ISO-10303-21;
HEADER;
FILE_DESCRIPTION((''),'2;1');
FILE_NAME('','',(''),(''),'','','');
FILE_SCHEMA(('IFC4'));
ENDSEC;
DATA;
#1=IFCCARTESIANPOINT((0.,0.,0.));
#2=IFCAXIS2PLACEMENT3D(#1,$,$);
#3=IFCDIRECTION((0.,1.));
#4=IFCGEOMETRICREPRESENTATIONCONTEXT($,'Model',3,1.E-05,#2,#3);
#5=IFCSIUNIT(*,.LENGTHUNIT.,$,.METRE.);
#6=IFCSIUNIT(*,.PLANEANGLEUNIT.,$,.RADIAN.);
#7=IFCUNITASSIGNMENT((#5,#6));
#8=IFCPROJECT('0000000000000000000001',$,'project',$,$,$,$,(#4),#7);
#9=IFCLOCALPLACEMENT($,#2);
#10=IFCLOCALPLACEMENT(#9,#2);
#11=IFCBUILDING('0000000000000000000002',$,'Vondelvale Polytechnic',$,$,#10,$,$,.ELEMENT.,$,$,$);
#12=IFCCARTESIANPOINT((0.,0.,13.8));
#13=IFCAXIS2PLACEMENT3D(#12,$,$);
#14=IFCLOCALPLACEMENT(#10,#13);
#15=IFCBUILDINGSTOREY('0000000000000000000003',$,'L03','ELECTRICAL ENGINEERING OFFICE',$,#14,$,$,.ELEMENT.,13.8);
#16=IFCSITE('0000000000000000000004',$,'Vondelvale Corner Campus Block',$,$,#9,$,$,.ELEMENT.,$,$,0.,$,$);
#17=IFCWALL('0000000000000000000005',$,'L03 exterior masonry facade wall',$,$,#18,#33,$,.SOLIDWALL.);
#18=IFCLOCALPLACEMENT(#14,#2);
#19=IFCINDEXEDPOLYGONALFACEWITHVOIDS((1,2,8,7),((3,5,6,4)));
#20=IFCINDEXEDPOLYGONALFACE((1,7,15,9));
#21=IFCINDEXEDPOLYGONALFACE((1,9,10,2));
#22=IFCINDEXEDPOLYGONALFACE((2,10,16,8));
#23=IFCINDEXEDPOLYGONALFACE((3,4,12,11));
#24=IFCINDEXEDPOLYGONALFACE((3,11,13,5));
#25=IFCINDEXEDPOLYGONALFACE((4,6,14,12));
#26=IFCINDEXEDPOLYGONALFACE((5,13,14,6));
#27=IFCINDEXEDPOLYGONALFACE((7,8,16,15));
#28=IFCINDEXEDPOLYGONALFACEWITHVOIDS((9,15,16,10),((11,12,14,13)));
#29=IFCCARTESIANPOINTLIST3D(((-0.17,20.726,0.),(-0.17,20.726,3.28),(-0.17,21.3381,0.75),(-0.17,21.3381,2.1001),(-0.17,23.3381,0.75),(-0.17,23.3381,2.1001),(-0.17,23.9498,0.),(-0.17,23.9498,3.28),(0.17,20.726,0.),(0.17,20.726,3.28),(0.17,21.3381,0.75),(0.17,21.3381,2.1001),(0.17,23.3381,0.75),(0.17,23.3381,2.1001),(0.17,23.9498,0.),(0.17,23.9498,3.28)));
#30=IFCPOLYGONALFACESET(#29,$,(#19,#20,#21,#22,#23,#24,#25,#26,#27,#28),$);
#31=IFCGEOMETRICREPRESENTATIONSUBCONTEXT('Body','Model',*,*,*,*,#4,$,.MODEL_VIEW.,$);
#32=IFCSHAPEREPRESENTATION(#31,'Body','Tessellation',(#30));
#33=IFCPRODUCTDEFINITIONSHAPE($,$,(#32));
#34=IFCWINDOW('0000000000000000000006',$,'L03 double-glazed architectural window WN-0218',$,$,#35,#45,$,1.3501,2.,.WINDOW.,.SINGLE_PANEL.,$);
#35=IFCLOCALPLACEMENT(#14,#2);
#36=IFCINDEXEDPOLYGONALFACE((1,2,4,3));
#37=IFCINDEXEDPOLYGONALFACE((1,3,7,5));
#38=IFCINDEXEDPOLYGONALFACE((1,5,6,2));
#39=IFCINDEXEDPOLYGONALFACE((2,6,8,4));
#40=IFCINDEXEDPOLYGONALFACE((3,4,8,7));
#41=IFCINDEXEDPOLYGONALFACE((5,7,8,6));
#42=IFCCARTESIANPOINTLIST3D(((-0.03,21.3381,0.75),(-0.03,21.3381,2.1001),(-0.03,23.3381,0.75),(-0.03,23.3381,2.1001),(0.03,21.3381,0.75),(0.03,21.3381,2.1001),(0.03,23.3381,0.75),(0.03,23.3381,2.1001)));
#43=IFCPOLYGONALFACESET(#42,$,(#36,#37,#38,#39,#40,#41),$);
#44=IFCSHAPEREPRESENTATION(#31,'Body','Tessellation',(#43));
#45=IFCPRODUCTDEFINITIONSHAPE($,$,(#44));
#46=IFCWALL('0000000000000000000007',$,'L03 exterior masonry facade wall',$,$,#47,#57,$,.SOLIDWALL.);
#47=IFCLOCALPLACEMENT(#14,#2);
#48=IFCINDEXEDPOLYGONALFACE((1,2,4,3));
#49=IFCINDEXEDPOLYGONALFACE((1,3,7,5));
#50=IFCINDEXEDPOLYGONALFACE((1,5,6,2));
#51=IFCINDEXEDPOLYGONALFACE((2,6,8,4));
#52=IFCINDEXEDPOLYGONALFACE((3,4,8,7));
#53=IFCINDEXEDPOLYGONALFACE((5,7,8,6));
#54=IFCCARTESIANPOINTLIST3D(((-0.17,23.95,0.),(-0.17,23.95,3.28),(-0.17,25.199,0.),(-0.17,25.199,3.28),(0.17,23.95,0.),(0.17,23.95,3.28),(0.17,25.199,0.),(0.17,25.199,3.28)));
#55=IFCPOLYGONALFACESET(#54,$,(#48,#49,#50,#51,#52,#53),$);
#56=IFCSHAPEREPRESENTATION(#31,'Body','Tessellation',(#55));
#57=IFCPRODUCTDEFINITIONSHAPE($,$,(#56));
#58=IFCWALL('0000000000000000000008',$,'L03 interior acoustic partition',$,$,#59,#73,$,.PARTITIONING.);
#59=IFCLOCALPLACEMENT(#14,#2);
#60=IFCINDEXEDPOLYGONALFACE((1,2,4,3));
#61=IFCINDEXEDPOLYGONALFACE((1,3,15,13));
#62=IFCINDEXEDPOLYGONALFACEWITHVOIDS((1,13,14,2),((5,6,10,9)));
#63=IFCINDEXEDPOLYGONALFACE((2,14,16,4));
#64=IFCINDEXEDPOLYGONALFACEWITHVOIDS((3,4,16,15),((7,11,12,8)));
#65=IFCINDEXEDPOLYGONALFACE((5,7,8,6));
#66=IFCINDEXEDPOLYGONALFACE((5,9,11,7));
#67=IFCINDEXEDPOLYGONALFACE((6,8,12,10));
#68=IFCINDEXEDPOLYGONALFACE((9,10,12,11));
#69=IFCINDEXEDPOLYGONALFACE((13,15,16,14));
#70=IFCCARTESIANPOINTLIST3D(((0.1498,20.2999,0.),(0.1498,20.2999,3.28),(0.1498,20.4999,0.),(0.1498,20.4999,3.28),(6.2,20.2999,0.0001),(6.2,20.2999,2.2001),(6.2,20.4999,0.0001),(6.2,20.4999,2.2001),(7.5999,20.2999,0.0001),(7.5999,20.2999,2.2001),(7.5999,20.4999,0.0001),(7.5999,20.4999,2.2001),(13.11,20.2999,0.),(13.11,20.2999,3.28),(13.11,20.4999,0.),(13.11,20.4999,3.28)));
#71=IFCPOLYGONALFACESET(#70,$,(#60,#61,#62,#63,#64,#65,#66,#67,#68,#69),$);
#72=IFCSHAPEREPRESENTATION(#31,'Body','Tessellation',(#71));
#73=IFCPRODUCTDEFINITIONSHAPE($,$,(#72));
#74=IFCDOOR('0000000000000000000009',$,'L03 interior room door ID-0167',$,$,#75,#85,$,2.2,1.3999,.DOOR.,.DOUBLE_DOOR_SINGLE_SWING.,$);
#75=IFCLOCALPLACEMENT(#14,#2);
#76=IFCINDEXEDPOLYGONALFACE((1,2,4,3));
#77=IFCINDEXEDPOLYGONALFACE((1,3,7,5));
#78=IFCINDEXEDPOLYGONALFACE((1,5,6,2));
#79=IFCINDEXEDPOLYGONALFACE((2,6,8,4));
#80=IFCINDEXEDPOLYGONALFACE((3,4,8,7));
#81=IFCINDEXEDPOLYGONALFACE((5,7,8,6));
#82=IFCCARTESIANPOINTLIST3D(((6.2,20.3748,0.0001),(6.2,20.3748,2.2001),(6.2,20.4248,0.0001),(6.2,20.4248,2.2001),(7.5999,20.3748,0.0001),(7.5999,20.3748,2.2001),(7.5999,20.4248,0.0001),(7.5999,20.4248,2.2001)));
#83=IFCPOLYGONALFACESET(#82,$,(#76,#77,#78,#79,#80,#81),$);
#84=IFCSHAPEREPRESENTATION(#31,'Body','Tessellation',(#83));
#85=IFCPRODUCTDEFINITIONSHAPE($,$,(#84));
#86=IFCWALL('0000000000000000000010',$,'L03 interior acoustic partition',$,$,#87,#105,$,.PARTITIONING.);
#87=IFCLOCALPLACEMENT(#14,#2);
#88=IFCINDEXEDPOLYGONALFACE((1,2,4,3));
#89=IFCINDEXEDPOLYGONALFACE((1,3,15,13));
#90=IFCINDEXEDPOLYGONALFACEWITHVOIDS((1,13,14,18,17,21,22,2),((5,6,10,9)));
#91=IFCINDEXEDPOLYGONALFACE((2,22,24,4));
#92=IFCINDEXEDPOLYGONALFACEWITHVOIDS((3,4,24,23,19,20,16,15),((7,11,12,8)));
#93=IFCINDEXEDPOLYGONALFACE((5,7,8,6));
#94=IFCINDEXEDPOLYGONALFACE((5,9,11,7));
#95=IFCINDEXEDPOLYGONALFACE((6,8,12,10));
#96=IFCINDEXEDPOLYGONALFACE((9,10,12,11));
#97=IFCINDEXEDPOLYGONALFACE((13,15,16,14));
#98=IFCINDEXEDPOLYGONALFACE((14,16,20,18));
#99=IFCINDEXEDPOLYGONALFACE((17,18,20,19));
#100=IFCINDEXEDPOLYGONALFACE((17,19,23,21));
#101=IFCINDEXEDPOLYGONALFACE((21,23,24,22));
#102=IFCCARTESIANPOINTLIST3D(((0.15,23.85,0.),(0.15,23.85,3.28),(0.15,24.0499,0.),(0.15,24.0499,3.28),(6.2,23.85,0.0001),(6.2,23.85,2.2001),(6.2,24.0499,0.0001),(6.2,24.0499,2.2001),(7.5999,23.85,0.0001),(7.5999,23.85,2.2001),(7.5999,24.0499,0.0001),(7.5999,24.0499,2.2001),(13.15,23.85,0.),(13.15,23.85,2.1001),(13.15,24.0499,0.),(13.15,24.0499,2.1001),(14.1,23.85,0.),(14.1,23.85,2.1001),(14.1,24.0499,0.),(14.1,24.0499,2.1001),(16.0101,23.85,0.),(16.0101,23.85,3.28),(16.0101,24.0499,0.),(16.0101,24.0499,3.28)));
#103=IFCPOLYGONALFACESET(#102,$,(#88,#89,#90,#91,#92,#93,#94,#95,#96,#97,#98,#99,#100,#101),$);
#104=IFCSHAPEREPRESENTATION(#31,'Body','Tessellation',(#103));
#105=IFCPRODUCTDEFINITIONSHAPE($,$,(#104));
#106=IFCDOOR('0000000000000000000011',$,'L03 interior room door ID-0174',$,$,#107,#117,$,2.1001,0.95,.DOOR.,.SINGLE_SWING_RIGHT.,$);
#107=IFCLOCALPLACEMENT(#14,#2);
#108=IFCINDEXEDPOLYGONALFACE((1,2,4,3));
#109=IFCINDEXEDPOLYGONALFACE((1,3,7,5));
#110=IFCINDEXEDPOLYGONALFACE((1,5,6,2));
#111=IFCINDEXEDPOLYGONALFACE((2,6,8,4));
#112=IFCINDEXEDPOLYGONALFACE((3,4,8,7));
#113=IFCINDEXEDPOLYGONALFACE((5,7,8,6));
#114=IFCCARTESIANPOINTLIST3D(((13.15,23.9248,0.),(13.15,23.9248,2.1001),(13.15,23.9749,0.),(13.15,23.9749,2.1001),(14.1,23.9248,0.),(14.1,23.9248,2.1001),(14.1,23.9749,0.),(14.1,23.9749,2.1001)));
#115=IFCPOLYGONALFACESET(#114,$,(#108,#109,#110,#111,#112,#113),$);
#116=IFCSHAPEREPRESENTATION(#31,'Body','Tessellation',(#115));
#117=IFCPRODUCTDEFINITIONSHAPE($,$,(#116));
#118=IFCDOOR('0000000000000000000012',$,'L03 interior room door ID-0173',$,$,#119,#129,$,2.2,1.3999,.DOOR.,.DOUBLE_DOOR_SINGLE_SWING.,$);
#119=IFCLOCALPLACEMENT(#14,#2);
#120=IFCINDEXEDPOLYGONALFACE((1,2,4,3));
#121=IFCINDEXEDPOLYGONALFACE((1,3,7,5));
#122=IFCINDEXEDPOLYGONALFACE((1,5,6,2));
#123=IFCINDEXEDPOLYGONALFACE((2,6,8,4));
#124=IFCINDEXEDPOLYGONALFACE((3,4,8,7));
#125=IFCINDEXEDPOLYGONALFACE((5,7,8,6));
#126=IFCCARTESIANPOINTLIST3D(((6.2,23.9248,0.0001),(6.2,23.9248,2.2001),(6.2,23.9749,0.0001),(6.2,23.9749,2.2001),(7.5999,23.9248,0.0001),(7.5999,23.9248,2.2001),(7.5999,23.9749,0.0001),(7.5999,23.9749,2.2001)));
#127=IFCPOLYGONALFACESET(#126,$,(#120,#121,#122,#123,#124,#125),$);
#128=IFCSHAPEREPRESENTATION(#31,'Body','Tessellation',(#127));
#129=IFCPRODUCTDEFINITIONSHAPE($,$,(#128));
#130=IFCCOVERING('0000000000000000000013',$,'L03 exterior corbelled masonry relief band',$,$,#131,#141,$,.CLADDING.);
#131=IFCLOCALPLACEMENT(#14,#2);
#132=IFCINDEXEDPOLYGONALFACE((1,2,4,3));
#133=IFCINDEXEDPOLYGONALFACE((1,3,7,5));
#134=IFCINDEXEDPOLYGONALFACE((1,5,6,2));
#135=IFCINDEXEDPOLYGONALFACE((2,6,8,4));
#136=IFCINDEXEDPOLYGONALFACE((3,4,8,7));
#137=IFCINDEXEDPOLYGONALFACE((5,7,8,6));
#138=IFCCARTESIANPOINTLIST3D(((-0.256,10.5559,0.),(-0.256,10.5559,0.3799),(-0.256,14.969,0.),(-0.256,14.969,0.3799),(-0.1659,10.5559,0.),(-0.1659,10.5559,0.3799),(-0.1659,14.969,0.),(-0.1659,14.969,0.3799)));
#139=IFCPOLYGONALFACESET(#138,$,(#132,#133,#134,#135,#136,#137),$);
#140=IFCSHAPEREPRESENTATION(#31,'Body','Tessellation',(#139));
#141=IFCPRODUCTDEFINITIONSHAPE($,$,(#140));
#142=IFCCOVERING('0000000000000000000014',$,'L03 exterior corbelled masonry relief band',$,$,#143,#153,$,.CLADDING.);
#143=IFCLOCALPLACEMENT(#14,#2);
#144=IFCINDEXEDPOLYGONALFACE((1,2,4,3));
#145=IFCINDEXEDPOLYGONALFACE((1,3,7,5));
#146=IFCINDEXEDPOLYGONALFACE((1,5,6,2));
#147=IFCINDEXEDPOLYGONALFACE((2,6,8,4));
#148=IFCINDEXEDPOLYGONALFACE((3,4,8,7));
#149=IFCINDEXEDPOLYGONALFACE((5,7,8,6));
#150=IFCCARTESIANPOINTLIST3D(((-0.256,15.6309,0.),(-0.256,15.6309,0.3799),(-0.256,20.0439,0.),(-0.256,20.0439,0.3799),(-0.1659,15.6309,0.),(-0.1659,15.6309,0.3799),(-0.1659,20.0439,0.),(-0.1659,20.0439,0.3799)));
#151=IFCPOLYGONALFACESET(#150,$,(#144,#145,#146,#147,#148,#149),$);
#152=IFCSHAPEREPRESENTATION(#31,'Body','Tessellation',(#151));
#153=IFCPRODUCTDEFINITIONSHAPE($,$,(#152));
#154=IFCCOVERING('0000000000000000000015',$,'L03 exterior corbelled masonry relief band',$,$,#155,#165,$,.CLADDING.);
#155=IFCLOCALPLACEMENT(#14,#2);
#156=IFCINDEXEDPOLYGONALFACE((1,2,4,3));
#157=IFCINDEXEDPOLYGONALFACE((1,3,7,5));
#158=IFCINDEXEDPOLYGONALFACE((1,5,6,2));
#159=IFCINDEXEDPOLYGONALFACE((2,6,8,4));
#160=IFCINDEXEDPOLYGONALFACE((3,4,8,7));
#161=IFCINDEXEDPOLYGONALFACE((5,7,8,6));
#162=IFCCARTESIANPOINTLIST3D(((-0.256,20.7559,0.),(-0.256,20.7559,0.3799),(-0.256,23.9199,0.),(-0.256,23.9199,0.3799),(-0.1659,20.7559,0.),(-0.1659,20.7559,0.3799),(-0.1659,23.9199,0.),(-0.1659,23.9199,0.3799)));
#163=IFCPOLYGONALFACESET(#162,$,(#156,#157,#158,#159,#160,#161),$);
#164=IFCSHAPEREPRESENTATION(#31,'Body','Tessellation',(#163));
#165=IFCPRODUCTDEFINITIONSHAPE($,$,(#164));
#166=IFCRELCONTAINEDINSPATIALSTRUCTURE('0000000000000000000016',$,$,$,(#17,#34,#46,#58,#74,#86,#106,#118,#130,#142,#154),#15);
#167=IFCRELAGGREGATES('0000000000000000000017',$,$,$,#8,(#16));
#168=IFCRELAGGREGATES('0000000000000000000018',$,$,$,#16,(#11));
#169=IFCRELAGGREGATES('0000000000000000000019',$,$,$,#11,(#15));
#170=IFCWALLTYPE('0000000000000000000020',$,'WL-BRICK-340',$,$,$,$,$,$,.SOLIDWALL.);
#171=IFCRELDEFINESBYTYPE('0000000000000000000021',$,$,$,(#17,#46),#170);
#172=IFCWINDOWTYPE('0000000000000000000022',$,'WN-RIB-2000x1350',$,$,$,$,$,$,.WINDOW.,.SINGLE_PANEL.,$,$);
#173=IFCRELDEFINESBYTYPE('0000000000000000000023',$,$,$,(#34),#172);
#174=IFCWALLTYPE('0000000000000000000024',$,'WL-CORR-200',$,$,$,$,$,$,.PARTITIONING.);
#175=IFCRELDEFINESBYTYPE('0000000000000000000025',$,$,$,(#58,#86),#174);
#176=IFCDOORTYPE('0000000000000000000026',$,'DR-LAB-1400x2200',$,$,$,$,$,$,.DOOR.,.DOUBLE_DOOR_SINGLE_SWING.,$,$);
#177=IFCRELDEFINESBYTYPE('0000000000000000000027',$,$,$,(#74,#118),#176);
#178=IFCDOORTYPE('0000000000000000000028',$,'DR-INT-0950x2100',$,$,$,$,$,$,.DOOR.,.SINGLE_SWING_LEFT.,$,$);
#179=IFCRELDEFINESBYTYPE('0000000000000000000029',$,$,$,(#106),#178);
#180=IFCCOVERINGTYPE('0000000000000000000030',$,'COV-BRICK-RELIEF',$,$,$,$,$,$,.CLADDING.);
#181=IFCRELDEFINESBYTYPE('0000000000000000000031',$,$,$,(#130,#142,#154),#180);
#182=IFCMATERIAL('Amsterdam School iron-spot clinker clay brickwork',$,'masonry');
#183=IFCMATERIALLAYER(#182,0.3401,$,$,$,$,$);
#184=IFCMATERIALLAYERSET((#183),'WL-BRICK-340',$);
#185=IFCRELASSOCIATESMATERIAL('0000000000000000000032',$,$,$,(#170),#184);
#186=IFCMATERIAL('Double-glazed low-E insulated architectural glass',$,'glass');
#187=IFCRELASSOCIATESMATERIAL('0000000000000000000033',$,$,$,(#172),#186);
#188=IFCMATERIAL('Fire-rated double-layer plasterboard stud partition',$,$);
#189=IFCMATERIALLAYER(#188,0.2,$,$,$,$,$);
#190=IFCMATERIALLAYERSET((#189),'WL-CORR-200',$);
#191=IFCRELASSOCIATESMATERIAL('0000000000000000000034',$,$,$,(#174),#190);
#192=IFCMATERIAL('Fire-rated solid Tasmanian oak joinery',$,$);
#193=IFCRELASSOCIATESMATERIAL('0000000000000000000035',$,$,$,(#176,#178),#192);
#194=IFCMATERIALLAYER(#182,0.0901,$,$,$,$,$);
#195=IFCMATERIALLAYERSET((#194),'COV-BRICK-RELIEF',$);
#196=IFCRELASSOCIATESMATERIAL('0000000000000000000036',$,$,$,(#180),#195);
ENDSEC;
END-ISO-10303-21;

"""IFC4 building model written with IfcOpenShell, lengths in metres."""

from ifc_helpers import new_model, si_unit, direction, frame, frame_2d, origin, origin_2d, place, context, subcontext, project, spatial, rectangle, extrude, material, layer, layer_set, type_object, element, fill, save


model = new_model("IFC4")

# Units and contexts
model_context = context("Model", 3, precision=1e-05, world=origin(), true_north=direction((0.0, 1.0)))
body_context = subcontext(model_context, "Body", "Model", "MODEL_VIEW")
ifc_project = project(units=[si_unit("LENGTHUNIT", "METRE"), si_unit("PLANEANGLEUNIT", "RADIAN")], contexts=[model_context])

# Site, building, storey
site_placement = place(None, origin())
site = spatial("IfcSite", under=ifc_project, at=site_placement, Name="Vondelvale Corner Campus Block", CompositionType="ELEMENT", RefElevation=0.0)
building_placement = place(site_placement, origin())
building = spatial("IfcBuilding", under=site, at=building_placement, Name="Vondelvale Polytechnic", CompositionType="ELEMENT")
storey_placement = place(building_placement, frame((0.0, 0.0, 13.8)))
storey = spatial("IfcBuildingStorey", under=building, at=storey_placement, Name="L03", Description="ELECTRICAL ENGINEERING OFFICE", CompositionType="ELEMENT", Elevation=13.8)

# Wall, opening, window
ifc_material_1 = material(Name="Amsterdam School iron-spot clinker clay brickwork", Category="masonry")
ifc_layer_1 = layer(ifc_material_1, 0.3401)
ifc_layer_set_1 = layer_set([ifc_layer_1], Name="WL-BRICK-340")
wall_type_1 = type_object("IfcWallType", Name="WL-BRICK-340", PredefinedType="SOLIDWALL", material=ifc_layer_set_1)
ifc_material_2 = material(Name="Double-glazed low-E insulated architectural glass", Category="glass")
wall_1_placement = place(storey_placement, frame((0.0, 20.7261, 0.0), z_axis=(0.0, 0.0, 1.0), x_axis=(0.0, 1.0, 0.0)))
wall_1 = element("IfcWall", 1, at=wall_1_placement, inside=storey, type_object=wall_type_1, Name="L03 exterior masonry facade wall", PredefinedType="SOLIDWALL", context=body_context, shape_type="SweptSolid", body=[
    extrude(rectangle(XDim=3.2239, YDim=0.3401, at=frame_2d((1.6118, 0.0))), origin(), (0.0, 0.0, 1.0), 3.28),
])
opening_1_placement = place(wall_1_placement, frame((0.6121, 0.0, 0.75)))
opening_1 = element("IfcOpeningElement", 2, at=opening_1_placement, cuts=wall_1, PredefinedType="OPENING", context=body_context, shape_type="SweptSolid", body=[
    extrude(rectangle(XDim=2.0, YDim=1.3501, at=frame_2d((1.0, 0.675))), frame((0.0, 0.1799, 0.0), z_axis=(0.0, -1.0, 0.0), x_axis=(1.0, 0.0, 0.0)), (0.0, 0.0, 1.0), 0.3601),
])
window_type_1 = type_object("IfcWindowType", Name="WN-RIB-2000x1350", PartitioningType="SINGLE_PANEL", PredefinedType="WINDOW", material=ifc_material_2)
window_1_placement = place(opening_1_placement, origin())
window_1 = element("IfcWindow", 3, at=window_1_placement, inside=storey, type_object=window_type_1, Name="L03 double-glazed architectural window WN-0218", OverallHeight=1.3501, OverallWidth=2.0, PartitioningType="SINGLE_PANEL", PredefinedType="WINDOW", context=body_context, shape_type="SweptSolid", body=[
    extrude(rectangle(XDim=2.0, YDim=1.3501, at=frame_2d((1.0, 0.675))), frame((0.0, 0.03, 0.0), z_axis=(0.0, -1.0, 0.0), x_axis=(1.0, 0.0, 0.0)), (0.0, 0.0, 1.0), 0.0601),
])
fill(opening_1, window_1)

# Wall
wall_2_placement = place(storey_placement, frame((0.0, 23.95, 0.0), z_axis=(0.0, 0.0, 1.0), x_axis=(0.0, 1.0, 0.0)))
element("IfcWall", 4, at=wall_2_placement, inside=storey, type_object=wall_type_1, Name="L03 exterior masonry facade wall", PredefinedType="SOLIDWALL", context=body_context, shape_type="SweptSolid", body=[
    extrude(rectangle(XDim=1.249, YDim=0.3401, at=frame_2d((0.6245, 0.0))), origin(), (0.0, 0.0, 1.0), 3.28),
])

# Wall, opening, door
ifc_material_3 = material(Name="Fire-rated double-layer plasterboard stud partition")
ifc_layer_2 = layer(ifc_material_3, 0.2)
ifc_layer_set_2 = layer_set([ifc_layer_2], Name="WL-CORR-200")
wall_type_2 = type_object("IfcWallType", Name="WL-CORR-200", PredefinedType="PARTITIONING", material=ifc_layer_set_2)
wall_3_placement = place(storey_placement, frame((0.1499, 20.3999, 0.0), z_axis=(0.0, 0.0, 1.0), x_axis=(1.0, 0.0, 0.0)))
wall_3 = element("IfcWall", 5, at=wall_3_placement, inside=storey, type_object=wall_type_2, Name="L03 interior acoustic partition", PredefinedType="PARTITIONING", context=body_context, shape_type="SweptSolid", body=[
    extrude(rectangle(XDim=12.9602, YDim=0.2, at=frame_2d((6.48, 0.0))), origin(), (0.0, 0.0, 1.0), 3.28),
])
opening_2_placement = place(wall_3_placement, frame((6.05, 0.0, 0.0)))
opening_2 = element("IfcOpeningElement", 6, at=opening_2_placement, cuts=wall_3, PredefinedType="OPENING", context=body_context, shape_type="SweptSolid", body=[
    extrude(rectangle(XDim=1.3999, YDim=2.2, at=frame_2d((0.7, 1.1001))), frame((0.0, 0.1099, 0.0), z_axis=(0.0, -1.0, 0.0), x_axis=(1.0, 0.0, 0.0)), (0.0, 0.0, 1.0), 0.22),
])
ifc_material_4 = material(Name="Fire-rated solid Tasmanian oak joinery")
door_type_1 = type_object("IfcDoorType", Name="DR-LAB-1400x2200", OperationType="DOUBLE_DOOR_SINGLE_SWING", PredefinedType="DOOR", material=ifc_material_4)
door_1_placement = place(opening_2_placement, origin())
door_1 = element("IfcDoor", 7, at=door_1_placement, inside=storey, type_object=door_type_1, Name="L03 interior room door ID-0167", OperationType="DOUBLE_DOOR_SINGLE_SWING", OverallHeight=2.2, OverallWidth=1.3999, PredefinedType="DOOR", context=body_context, shape_type="SweptSolid", body=[
    extrude(rectangle(XDim=1.3999, YDim=2.2, at=frame_2d((0.7, 1.1001))), frame((0.0, 0.0249, 0.0), z_axis=(0.0, -1.0, 0.0), x_axis=(1.0, 0.0, 0.0)), (0.0, 0.0, 1.0), 0.05),
])
fill(opening_2, door_1)

# Wall, openings, doors
wall_4_placement = place(storey_placement, frame((0.1499, 23.95, 0.0), z_axis=(0.0, 0.0, 1.0), x_axis=(1.0, 0.0, 0.0)))
wall_4 = element("IfcWall", 8, at=wall_4_placement, inside=storey, type_object=wall_type_2, Name="L03 interior acoustic partition", PredefinedType="PARTITIONING", context=body_context, shape_type="SweptSolid", body=[
    extrude(rectangle(XDim=15.8601, YDim=0.2, at=frame_2d((7.9302, 0.0))), origin(), (0.0, 0.0, 1.0), 3.28),
])
opening_3_placement = place(wall_4_placement, frame((6.05, 0.0, 0.0)))
opening_3 = element("IfcOpeningElement", 9, at=opening_3_placement, cuts=wall_4, PredefinedType="OPENING", context=body_context, shape_type="SweptSolid", body=[
    extrude(rectangle(XDim=1.3999, YDim=2.2, at=frame_2d((0.7, 1.1001))), frame((0.0, 0.1099, 0.0), z_axis=(0.0, -1.0, 0.0), x_axis=(1.0, 0.0, 0.0)), (0.0, 0.0, 1.0), 0.22),
])
opening_4_placement = place(wall_4_placement, frame((13.0, 0.0, 0.0)))
opening_4 = element("IfcOpeningElement", 10, at=opening_4_placement, cuts=wall_4, PredefinedType="OPENING", context=body_context, shape_type="SweptSolid", body=[
    extrude(rectangle(XDim=0.95, YDim=2.1001, at=frame_2d((0.4751, 1.05))), frame((0.0, 0.1099, 0.0), z_axis=(0.0, -1.0, 0.0), x_axis=(1.0, 0.0, 0.0)), (0.0, 0.0, 1.0), 0.22),
])
door_type_2 = type_object("IfcDoorType", Name="DR-INT-0950x2100", OperationType="SINGLE_SWING_LEFT", PredefinedType="DOOR", material=ifc_material_4)
door_2_placement = place(opening_4_placement, origin())
door_2 = element("IfcDoor", 11, at=door_2_placement, inside=storey, type_object=door_type_2, Name="L03 interior room door ID-0174", OperationType="SINGLE_SWING_RIGHT", OverallHeight=2.1001, OverallWidth=0.95, PredefinedType="DOOR", context=body_context, shape_type="SweptSolid", body=[
    extrude(rectangle(XDim=0.95, YDim=2.1001, at=frame_2d((0.4751, 1.05))), frame((0.0, 0.0249, 0.0), z_axis=(0.0, -1.0, 0.0), x_axis=(1.0, 0.0, 0.0)), (0.0, 0.0, 1.0), 0.05),
])
fill(opening_4, door_2)
door_3_placement = place(opening_3_placement, origin())
door_3 = element("IfcDoor", 12, at=door_3_placement, inside=storey, type_object=door_type_1, Name="L03 interior room door ID-0173", OperationType="DOUBLE_DOOR_SINGLE_SWING", OverallHeight=2.2, OverallWidth=1.3999, PredefinedType="DOOR", context=body_context, shape_type="SweptSolid", body=[
    extrude(rectangle(XDim=1.3999, YDim=2.2, at=frame_2d((0.7, 1.1001))), frame((0.0, 0.0249, 0.0), z_axis=(0.0, -1.0, 0.0), x_axis=(1.0, 0.0, 0.0)), (0.0, 0.0, 1.0), 0.05),
])
fill(opening_3, door_3)

# Coverings
ifc_layer_3 = layer(ifc_material_1, 0.0901)
ifc_layer_set_3 = layer_set([ifc_layer_3], Name="COV-BRICK-RELIEF")
covering_type = type_object("IfcCoveringType", Name="COV-BRICK-RELIEF", PredefinedType="CLADDING", material=ifc_layer_set_3)
for number, where, z_axis, x_axis, name in (
    (13, (-0.2109, 12.7625, 0.0), (0.0, 0.0, 1.0), (0.0, 1.0, 0.0), "L03 exterior corbelled masonry relief band"),
    (14, (-0.2109, 17.8374, 0.0), (0.0, 0.0, 1.0), (0.0, 1.0, 0.0), "L03 exterior corbelled masonry relief band"),
):
    element("IfcCovering", number, at=place(storey_placement, frame(where, z_axis=z_axis, x_axis=x_axis)), inside=storey, type_object=covering_type, Name=name, PredefinedType="CLADDING", context=body_context, shape_type="SweptSolid", body=[
        extrude(rectangle(XDim=4.4131, YDim=0.0901, at=origin_2d()), origin(), (0.0, 0.0, 1.0), 0.3799),
    ])
covering_placement = place(storey_placement, frame((-0.2109, 22.3379, 0.0), z_axis=(0.0, 0.0, 1.0), x_axis=(0.0, 1.0, 0.0)))
element("IfcCovering", 15, at=covering_placement, inside=storey, type_object=covering_type, Name="L03 exterior corbelled masonry relief band", PredefinedType="CLADDING", context=body_context, shape_type="SweptSolid", body=[
    extrude(rectangle(XDim=3.1641, YDim=0.0901, at=origin_2d()), origin(), (0.0, 0.0, 1.0), 0.3799),
])

save(model, "model.ifc")
